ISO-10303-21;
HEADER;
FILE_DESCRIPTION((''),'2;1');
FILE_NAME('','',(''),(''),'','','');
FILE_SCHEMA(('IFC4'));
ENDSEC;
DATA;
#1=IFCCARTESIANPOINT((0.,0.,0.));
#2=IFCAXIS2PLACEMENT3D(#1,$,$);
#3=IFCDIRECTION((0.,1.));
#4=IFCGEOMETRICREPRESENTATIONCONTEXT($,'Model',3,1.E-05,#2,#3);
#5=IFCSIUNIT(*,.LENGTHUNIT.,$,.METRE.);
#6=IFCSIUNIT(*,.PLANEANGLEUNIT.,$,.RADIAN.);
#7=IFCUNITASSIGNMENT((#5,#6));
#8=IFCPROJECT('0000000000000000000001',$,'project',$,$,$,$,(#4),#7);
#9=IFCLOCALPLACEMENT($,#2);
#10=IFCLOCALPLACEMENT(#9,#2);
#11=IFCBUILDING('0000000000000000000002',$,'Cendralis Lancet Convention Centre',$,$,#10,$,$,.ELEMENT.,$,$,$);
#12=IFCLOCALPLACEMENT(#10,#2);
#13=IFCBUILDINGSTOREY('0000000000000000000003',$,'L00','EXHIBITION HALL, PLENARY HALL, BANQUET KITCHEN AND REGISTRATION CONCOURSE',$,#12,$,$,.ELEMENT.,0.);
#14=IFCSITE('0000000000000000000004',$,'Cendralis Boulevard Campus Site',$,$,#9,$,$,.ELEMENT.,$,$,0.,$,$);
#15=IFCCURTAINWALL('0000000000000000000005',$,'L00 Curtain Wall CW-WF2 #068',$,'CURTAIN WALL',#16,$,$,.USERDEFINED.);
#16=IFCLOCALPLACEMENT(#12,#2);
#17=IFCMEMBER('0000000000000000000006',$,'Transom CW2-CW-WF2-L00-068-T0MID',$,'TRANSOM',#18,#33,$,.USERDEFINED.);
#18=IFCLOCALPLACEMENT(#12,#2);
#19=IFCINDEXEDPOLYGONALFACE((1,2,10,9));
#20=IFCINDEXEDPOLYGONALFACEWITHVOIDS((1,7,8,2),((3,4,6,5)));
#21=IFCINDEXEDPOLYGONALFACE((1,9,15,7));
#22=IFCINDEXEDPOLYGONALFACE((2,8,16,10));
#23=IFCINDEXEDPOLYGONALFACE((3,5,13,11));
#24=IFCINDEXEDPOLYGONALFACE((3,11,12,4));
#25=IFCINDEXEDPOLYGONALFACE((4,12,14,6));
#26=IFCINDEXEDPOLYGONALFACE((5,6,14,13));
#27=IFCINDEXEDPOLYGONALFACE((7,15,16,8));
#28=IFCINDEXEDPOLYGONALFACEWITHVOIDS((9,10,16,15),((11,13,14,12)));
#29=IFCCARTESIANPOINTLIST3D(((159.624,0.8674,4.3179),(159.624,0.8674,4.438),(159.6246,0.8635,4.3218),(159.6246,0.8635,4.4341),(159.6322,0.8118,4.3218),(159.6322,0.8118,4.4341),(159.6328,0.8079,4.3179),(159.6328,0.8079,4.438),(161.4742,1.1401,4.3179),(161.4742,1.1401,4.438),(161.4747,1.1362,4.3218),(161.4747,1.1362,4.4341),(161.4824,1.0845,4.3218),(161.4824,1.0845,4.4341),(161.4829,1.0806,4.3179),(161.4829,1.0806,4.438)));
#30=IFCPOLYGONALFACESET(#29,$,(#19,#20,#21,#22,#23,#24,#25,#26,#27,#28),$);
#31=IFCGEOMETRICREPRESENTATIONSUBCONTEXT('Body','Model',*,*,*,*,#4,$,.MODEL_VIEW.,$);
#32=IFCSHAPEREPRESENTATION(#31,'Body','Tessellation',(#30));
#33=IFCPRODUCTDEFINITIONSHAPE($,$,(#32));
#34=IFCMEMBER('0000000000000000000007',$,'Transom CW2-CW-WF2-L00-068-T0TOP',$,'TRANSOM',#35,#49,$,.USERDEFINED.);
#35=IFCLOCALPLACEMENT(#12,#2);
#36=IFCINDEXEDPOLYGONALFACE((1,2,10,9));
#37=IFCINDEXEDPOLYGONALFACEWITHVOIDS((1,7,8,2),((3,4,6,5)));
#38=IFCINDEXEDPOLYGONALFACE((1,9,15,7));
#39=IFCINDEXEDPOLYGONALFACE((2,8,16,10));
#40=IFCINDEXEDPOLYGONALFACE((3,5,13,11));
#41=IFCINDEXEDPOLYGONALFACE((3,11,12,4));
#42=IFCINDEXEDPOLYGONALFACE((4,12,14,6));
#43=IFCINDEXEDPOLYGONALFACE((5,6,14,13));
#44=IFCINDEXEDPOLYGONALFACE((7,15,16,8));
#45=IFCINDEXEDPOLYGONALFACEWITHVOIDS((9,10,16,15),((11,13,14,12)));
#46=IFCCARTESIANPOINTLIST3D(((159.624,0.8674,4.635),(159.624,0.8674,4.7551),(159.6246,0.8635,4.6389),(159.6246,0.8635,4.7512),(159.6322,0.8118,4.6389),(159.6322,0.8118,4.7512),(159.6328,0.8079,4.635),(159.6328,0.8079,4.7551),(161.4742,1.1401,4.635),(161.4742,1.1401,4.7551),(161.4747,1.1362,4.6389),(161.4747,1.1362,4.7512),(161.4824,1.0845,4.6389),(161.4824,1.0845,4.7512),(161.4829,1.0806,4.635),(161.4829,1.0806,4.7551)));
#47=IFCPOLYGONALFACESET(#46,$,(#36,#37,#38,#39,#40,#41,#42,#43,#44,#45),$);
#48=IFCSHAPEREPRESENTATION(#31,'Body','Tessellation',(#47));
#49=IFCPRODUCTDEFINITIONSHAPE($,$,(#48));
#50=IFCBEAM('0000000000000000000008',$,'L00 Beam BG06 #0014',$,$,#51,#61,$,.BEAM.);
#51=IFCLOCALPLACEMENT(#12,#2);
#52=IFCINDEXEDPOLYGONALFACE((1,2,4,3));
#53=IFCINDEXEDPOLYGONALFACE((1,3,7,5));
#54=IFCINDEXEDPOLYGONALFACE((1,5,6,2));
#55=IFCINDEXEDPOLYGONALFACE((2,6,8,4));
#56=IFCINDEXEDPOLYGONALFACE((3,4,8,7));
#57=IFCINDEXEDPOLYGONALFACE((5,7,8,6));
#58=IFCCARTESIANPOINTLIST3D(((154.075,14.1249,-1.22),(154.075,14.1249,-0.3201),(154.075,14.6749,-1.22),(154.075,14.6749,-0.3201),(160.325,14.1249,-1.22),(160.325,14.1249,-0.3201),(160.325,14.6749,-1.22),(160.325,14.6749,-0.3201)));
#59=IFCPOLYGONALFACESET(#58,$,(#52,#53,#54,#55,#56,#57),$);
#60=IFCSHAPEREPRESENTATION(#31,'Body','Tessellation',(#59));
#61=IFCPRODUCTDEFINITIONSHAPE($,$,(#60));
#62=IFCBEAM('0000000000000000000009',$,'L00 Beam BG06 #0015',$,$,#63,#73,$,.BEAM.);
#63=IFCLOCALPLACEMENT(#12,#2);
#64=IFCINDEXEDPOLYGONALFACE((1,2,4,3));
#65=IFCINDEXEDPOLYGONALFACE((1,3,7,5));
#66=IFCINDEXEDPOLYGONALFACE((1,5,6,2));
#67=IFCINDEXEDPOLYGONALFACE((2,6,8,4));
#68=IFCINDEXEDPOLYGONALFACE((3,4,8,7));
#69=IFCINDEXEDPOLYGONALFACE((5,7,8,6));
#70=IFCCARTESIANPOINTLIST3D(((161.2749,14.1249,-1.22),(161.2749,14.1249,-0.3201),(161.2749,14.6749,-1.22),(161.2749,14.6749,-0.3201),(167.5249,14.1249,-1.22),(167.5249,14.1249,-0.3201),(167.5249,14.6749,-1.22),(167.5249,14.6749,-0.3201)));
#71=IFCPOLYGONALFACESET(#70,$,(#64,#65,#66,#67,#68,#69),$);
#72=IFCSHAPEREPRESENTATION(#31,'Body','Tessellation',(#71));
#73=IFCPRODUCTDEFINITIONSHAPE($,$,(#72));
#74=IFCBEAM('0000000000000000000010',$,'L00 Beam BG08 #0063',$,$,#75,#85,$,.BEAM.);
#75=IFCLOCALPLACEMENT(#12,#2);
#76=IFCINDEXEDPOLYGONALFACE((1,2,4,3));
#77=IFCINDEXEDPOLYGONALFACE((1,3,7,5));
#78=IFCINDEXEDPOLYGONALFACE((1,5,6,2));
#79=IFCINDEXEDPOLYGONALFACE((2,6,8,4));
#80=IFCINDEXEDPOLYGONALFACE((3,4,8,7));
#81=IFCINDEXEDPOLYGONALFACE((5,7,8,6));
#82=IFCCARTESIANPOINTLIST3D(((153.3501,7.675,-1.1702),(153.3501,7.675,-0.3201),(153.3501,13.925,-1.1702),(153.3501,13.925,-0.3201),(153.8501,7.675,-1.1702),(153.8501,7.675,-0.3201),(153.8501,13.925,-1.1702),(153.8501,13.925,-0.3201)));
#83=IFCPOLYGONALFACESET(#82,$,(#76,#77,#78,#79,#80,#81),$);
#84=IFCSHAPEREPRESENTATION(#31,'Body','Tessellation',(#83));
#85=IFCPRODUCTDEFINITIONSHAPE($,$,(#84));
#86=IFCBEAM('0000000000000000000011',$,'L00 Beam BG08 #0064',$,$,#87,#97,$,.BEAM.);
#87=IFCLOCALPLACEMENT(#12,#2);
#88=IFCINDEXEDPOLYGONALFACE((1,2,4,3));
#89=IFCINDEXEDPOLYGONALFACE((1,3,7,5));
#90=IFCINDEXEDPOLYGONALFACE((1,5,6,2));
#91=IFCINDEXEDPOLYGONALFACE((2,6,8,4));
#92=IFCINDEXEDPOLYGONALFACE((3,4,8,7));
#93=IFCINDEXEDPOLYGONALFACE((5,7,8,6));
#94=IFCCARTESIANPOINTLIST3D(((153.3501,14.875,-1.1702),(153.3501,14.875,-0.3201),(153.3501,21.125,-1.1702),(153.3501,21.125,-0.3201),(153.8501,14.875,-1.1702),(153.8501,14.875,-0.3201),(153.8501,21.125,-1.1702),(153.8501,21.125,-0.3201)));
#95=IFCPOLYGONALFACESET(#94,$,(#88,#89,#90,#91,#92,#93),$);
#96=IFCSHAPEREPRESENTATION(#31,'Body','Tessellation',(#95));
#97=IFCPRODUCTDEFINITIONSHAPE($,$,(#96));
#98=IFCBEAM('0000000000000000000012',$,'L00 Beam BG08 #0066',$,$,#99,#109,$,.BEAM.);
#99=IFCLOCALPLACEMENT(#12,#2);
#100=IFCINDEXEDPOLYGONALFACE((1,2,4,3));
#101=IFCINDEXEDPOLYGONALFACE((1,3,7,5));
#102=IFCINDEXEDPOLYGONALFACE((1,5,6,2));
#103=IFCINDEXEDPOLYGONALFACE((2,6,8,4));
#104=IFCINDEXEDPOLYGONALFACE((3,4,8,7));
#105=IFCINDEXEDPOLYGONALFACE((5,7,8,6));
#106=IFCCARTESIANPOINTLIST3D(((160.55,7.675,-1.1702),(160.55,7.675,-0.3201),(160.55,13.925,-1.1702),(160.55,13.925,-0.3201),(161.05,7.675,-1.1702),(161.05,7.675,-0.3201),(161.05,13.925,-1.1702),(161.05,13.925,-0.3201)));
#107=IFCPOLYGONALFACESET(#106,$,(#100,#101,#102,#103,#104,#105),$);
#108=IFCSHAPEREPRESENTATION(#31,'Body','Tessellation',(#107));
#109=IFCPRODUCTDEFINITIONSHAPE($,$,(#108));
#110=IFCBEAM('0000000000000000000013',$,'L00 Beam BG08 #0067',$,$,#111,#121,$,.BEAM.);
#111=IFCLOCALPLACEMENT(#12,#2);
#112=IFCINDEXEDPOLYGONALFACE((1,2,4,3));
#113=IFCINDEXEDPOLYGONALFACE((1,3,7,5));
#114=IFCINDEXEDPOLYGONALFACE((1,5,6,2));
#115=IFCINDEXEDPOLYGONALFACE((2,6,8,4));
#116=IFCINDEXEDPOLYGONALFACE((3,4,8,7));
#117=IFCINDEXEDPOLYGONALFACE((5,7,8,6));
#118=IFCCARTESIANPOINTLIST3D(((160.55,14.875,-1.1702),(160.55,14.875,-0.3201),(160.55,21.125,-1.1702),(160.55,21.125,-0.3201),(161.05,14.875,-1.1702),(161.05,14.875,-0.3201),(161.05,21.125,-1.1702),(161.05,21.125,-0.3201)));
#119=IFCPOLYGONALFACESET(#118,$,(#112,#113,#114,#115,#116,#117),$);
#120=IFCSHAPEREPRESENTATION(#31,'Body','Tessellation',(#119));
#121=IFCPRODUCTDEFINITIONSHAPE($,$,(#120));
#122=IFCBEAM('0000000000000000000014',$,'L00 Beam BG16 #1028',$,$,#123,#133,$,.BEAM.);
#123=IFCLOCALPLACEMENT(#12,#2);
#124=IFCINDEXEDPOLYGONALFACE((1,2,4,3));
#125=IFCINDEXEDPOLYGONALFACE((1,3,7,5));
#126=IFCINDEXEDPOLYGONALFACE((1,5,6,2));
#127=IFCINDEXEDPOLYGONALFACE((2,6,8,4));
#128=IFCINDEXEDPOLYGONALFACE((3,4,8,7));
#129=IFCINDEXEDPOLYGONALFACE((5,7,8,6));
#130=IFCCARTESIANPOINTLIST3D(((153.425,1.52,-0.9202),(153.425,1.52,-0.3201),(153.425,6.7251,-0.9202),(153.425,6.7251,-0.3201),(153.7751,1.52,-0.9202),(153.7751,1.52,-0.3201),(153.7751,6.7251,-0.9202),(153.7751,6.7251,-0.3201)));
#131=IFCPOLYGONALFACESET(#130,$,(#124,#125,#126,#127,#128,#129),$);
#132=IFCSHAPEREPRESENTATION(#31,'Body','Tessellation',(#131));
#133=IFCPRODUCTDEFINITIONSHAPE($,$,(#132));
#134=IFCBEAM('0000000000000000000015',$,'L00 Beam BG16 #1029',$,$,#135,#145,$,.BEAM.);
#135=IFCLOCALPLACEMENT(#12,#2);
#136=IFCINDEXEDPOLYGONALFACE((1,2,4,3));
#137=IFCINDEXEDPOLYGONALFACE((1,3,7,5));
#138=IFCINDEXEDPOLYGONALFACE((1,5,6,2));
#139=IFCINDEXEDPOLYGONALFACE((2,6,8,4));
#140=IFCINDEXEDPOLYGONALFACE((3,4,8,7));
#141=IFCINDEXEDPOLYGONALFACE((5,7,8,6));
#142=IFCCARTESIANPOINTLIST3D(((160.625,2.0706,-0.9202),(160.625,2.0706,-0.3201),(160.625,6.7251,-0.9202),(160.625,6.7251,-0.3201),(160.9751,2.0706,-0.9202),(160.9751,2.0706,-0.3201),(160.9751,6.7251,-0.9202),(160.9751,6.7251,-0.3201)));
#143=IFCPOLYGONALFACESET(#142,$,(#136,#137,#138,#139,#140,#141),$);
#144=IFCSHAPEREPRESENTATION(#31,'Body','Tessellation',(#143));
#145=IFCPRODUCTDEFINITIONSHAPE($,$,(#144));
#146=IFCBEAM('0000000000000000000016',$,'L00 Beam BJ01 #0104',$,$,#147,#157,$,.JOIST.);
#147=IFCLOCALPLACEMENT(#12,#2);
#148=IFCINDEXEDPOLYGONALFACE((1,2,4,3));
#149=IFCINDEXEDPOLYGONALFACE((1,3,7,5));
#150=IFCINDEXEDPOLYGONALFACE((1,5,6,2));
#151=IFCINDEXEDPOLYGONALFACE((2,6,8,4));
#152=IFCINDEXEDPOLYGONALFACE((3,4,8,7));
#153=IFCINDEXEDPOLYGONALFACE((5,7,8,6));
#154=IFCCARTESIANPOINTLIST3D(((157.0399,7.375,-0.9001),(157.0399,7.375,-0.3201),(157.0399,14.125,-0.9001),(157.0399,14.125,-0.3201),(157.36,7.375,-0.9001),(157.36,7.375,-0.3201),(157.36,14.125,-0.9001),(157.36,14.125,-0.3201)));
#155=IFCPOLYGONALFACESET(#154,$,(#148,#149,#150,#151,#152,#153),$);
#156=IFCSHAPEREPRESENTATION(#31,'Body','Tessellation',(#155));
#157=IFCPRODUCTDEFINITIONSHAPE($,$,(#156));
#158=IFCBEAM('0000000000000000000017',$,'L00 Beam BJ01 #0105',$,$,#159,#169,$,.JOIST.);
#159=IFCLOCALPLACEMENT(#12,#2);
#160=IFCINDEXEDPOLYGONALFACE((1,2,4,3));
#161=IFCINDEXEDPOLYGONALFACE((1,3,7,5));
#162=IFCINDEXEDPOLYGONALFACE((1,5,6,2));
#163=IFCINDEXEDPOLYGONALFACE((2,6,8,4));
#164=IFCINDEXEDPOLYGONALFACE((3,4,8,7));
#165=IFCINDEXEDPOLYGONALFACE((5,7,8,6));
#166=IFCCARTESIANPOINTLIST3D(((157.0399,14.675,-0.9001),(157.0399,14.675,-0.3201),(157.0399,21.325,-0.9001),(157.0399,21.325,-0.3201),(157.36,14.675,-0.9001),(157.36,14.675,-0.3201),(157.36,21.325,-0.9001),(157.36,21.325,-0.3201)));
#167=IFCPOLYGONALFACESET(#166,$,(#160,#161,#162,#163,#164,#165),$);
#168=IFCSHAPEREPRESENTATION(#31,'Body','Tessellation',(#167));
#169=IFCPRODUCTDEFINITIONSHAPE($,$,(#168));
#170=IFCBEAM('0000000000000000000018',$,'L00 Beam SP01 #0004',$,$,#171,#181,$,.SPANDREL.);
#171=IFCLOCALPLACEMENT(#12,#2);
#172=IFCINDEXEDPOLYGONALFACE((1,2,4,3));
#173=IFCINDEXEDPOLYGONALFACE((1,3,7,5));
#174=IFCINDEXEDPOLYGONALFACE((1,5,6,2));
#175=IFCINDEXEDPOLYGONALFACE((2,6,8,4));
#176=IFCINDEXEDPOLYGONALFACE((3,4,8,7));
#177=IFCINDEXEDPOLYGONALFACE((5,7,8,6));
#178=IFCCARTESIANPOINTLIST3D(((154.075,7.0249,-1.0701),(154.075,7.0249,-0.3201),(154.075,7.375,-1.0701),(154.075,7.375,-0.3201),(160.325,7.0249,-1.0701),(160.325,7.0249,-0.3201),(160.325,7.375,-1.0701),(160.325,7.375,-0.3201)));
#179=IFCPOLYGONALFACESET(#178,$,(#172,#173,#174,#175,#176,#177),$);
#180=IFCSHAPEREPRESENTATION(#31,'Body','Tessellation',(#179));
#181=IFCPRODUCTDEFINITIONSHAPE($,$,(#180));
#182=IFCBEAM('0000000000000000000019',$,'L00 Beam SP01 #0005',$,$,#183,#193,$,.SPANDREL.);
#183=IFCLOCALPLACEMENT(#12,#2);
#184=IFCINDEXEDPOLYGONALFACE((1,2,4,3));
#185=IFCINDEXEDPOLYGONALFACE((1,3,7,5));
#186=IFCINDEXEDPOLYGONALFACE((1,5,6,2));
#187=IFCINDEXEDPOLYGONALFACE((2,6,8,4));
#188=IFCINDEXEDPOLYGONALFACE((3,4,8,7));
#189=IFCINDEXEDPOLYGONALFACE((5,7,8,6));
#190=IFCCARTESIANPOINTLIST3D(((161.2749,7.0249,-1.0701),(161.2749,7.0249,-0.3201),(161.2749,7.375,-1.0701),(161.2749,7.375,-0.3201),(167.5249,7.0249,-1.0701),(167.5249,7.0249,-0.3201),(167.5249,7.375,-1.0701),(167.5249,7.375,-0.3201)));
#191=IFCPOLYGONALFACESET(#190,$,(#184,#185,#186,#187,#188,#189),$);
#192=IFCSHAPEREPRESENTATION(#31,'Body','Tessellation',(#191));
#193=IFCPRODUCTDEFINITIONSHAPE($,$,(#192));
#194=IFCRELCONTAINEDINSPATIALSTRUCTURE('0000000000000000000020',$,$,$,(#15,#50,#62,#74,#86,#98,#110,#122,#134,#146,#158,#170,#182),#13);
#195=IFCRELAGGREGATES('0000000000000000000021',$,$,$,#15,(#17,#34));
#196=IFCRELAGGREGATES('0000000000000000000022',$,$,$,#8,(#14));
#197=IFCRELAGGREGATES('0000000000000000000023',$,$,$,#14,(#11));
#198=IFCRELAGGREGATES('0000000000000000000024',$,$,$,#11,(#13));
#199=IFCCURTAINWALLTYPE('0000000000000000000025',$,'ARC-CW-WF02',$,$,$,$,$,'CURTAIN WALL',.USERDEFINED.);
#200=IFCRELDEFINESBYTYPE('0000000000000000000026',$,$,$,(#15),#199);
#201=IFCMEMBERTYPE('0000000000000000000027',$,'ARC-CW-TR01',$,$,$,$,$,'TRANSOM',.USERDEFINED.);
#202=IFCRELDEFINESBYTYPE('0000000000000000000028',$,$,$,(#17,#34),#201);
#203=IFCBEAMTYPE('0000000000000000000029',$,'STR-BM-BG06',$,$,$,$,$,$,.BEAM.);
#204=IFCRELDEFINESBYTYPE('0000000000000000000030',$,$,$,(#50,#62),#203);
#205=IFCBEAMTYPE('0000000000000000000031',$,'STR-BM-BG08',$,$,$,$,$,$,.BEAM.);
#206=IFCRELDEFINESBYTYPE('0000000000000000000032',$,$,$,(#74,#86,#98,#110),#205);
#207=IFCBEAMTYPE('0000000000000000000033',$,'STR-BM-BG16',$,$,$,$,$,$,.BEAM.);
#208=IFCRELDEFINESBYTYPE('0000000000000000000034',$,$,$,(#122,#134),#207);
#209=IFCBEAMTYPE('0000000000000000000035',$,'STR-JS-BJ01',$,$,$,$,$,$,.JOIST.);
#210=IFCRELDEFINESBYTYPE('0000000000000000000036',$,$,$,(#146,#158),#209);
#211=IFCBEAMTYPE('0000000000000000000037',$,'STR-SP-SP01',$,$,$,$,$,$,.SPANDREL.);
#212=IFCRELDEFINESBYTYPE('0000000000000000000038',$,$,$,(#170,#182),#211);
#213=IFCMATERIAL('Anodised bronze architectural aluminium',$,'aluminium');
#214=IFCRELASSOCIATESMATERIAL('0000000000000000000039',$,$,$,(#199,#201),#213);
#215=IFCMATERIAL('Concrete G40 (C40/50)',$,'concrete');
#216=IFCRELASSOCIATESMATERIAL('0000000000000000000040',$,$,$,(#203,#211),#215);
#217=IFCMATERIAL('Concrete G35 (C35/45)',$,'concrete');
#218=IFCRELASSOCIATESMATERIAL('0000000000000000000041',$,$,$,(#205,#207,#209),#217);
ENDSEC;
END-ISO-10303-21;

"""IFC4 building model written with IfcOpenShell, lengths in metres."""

from ifc_helpers import new_model, si_unit, direction, frame, origin, origin_2d, place, context, subcontext, project, spatial, rectangle, hollow_rectangle, extrude, material, material_profile, profile_set, type_object, element, aggregate, save


model = new_model("IFC4")

# Units and contexts
model_context = context("Model", 3, precision=1e-05, world=origin(), true_north=direction((0.0, 1.0)))
body_context = subcontext(model_context, "Body", "Model", "MODEL_VIEW")
ifc_project = project(units=[si_unit("LENGTHUNIT", "METRE"), si_unit("PLANEANGLEUNIT", "RADIAN")], contexts=[model_context])

# Site, building, storey
site_placement = place(None, origin())
site = spatial("IfcSite", under=ifc_project, at=site_placement, Name="Cendralis Boulevard Campus Site", CompositionType="ELEMENT", RefElevation=0.0)
building_placement = place(site_placement, origin())
building = spatial("IfcBuilding", under=site, at=building_placement, Name="Cendralis Lancet Convention Centre", CompositionType="ELEMENT")
storey_placement = place(building_placement, origin())
storey = spatial("IfcBuildingStorey", under=building, at=storey_placement, Name="L00", Description="EXHIBITION HALL, PLENARY HALL, BANQUET KITCHEN AND REGISTRATION CONCOURSE", CompositionType="ELEMENT", Elevation=0.0)

# Shared definitions
ifc_material_1 = material(Name="Concrete G40 (C40/50)", Category="concrete")

# Curtain wall
ifc_material_2 = material(Name="Anodised bronze architectural aluminium", Category="aluminium")
curtain_wall_type = type_object("IfcCurtainWallType", Name="ARC-CW-WF02", ElementType="CURTAIN WALL", PredefinedType="USERDEFINED", material=ifc_material_2)
curtain_wall_1_placement = place(storey_placement, origin())
curtain_wall_1 = element("IfcCurtainWall", 1, at=curtain_wall_1_placement, inside=storey, type_object=curtain_wall_type, Name="L00 Curtain Wall CW-WF2 #068", ObjectType="CURTAIN WALL", PredefinedType="USERDEFINED")

# Members
ifc_material_profile_1 = material_profile(ifc_material_2, hollow_rectangle(XDim=0.0601, YDim=0.1201, WallThickness=0.0039, at=origin_2d()), Name="AL-TRAN 60x120x4.0")
ifc_profile_set_1 = profile_set([ifc_material_profile_1], Name="Anodised bronze architectural aluminium")
member_type_1 = type_object("IfcMemberType", Name="ARC-CW-TR01", ElementType="TRANSOM", PredefinedType="USERDEFINED", material=ifc_profile_set_1)
member_1_placement = place(storey_placement, frame((159.6284, 0.8376, 4.3779), z_axis=(0.98931, 0.145825, 0.0), x_axis=(-0.145825, 0.98931, 0.0)))
member_1 = element("IfcMember", 2, at=member_1_placement, type_object=member_type_1, Name="Transom CW2-CW-WF2-L00-068-T0MID", ObjectType="TRANSOM", PredefinedType="USERDEFINED", context=body_context, shape_type="SweptSolid", body=[
    extrude(hollow_rectangle(XDim=0.0601, YDim=0.1201, WallThickness=0.0039, at=origin_2d()), origin(), (0.0, 0.0, 1.0), 1.8701),
])
member_2_placement = place(storey_placement, frame((159.6284, 0.8376, 4.6951), z_axis=(0.98931, 0.145825, 0.0), x_axis=(-0.145825, 0.98931, 0.0)))
member_2 = element("IfcMember", 3, at=member_2_placement, type_object=member_type_1, Name="Transom CW2-CW-WF2-L00-068-T0TOP", ObjectType="TRANSOM", PredefinedType="USERDEFINED", context=body_context, shape_type="SweptSolid", body=[
    extrude(hollow_rectangle(XDim=0.0601, YDim=0.1201, WallThickness=0.0039, at=origin_2d()), origin(), (0.0, 0.0, 1.0), 1.8701),
])

# Beams
ifc_material_profile_2 = material_profile(ifc_material_1, rectangle(XDim=0.55, YDim=0.8999, at=origin_2d()), Name="RCB 550x900")
ifc_profile_set_2 = profile_set([ifc_material_profile_2], Name="Concrete G40 (C40/50)")
beam_type_1 = type_object("IfcBeamType", Name="STR-BM-BG06", PredefinedType="BEAM", material=ifc_profile_set_2)
for number, where, z_axis, x_axis, name in (
    (4, (154.075, 14.3999, -0.77), (1.0, 0.0, 0.0), (0.0, 1.0, 0.0), "L00 Beam BG06 #0014"),
    (5, (161.2749, 14.3999, -0.77), (1.0, 0.0, 0.0), (0.0, 1.0, 0.0), "L00 Beam BG06 #0015"),
):
    element("IfcBeam", number, at=place(storey_placement, frame(where, z_axis=z_axis, x_axis=x_axis)), inside=storey, type_object=beam_type_1, Name=name, PredefinedType="BEAM", context=body_context, shape_type="SweptSolid", body=[
        extrude(rectangle(XDim=0.55, YDim=0.8999, at=origin_2d()), origin(), (0.0, 0.0, 1.0), 6.25),
    ])
ifc_material_3 = material(Name="Concrete G35 (C35/45)", Category="concrete")
ifc_material_profile_3 = material_profile(ifc_material_3, rectangle(XDim=0.5, YDim=0.8501, at=origin_2d()), Name="RCB 500x850")
ifc_profile_set_3 = profile_set([ifc_material_profile_3], Name="Concrete G35 (C35/45)")
beam_type_2 = type_object("IfcBeamType", Name="STR-BM-BG08", PredefinedType="BEAM", material=ifc_profile_set_3)
for number, where, z_axis, x_axis, name in (
    (6, (153.6001, 7.675, -0.7451), (0.0, 1.0, 0.0), (-1.0, 0.0, 0.0), "L00 Beam BG08 #0063"),
    (7, (153.6001, 14.875, -0.7451), (0.0, 1.0, 0.0), (-1.0, 0.0, 0.0), "L00 Beam BG08 #0064"),
    (8, (160.8, 7.675, -0.7451), (0.0, 1.0, 0.0), (-1.0, 0.0, 0.0), "L00 Beam BG08 #0066"),
    (9, (160.8, 14.875, -0.7451), (0.0, 1.0, 0.0), (-1.0, 0.0, 0.0), "L00 Beam BG08 #0067"),
):
    element("IfcBeam", number, at=place(storey_placement, frame(where, z_axis=z_axis, x_axis=x_axis)), inside=storey, type_object=beam_type_2, Name=name, PredefinedType="BEAM", context=body_context, shape_type="SweptSolid", body=[
        extrude(rectangle(XDim=0.5, YDim=0.8501, at=origin_2d()), origin(), (0.0, 0.0, 1.0), 6.25),
    ])
ifc_material_profile_4 = material_profile(ifc_material_3, rectangle(XDim=0.3501, YDim=0.6001, at=origin_2d()), Name="RCB 350x600")
ifc_profile_set_4 = profile_set([ifc_material_profile_4], Name="Concrete G35 (C35/45)")
beam_type_3 = type_object("IfcBeamType", Name="STR-BM-BG16", PredefinedType="BEAM", material=ifc_profile_set_4)
beam_1_placement = place(storey_placement, frame((153.6001, 1.52, -0.6201), z_axis=(0.0, 1.0, 0.0), x_axis=(-1.0, 0.0, 0.0)))
element("IfcBeam", 10, at=beam_1_placement, inside=storey, type_object=beam_type_3, Name="L00 Beam BG16 #1028", PredefinedType="BEAM", context=body_context, shape_type="SweptSolid", body=[
    extrude(rectangle(XDim=0.3501, YDim=0.6001, at=origin_2d()), origin(), (0.0, 0.0, 1.0), 5.2051),
])
beam_2_placement = place(storey_placement, frame((160.8, 2.0706, -0.6201), z_axis=(0.0, 1.0, 0.0), x_axis=(-1.0, 0.0, 0.0)))
element("IfcBeam", 11, at=beam_2_placement, inside=storey, type_object=beam_type_3, Name="L00 Beam BG16 #1029", PredefinedType="BEAM", context=body_context, shape_type="SweptSolid", body=[
    extrude(rectangle(XDim=0.3501, YDim=0.6001, at=origin_2d()), origin(), (0.0, 0.0, 1.0), 4.6545),
])
ifc_material_profile_5 = material_profile(ifc_material_3, rectangle(XDim=0.3201, YDim=0.5801, at=origin_2d()), Name="RCB 320x580")
ifc_profile_set_5 = profile_set([ifc_material_profile_5], Name="Concrete G35 (C35/45)")
beam_type_4 = type_object("IfcBeamType", Name="STR-JS-BJ01", PredefinedType="JOIST", material=ifc_profile_set_5)
beam_3_placement = place(storey_placement, frame((157.2, 7.375, -0.6101), z_axis=(0.0, 1.0, 0.0), x_axis=(-1.0, 0.0, 0.0)))
element("IfcBeam", 12, at=beam_3_placement, inside=storey, type_object=beam_type_4, Name="L00 Beam BJ01 #0104", PredefinedType="JOIST", context=body_context, shape_type="SweptSolid", body=[
    extrude(rectangle(XDim=0.3201, YDim=0.5801, at=origin_2d()), origin(), (0.0, 0.0, 1.0), 6.75),
])
beam_4_placement = place(storey_placement, frame((157.2, 14.675, -0.6101), z_axis=(0.0, 1.0, 0.0), x_axis=(-1.0, 0.0, 0.0)))
element("IfcBeam", 13, at=beam_4_placement, inside=storey, type_object=beam_type_4, Name="L00 Beam BJ01 #0105", PredefinedType="JOIST", context=body_context, shape_type="SweptSolid", body=[
    extrude(rectangle(XDim=0.3201, YDim=0.5801, at=origin_2d()), origin(), (0.0, 0.0, 1.0), 6.6499),
])
ifc_material_profile_6 = material_profile(ifc_material_1, rectangle(XDim=0.3501, YDim=0.75, at=origin_2d()), Name="RCB 350x750")
ifc_profile_set_6 = profile_set([ifc_material_profile_6], Name="Concrete G40 (C40/50)")
beam_type_5 = type_object("IfcBeamType", Name="STR-SP-SP01", PredefinedType="SPANDREL", material=ifc_profile_set_6)
for number, where, z_axis, x_axis, name in (
    (14, (154.075, 7.2, -0.6951), (1.0, 0.0, 0.0), (0.0, 1.0, 0.0), "L00 Beam SP01 #0004"),
    (15, (161.2749, 7.2, -0.6951), (1.0, 0.0, 0.0), (0.0, 1.0, 0.0), "L00 Beam SP01 #0005"),
):
    element("IfcBeam", number, at=place(storey_placement, frame(where, z_axis=z_axis, x_axis=x_axis)), inside=storey, type_object=beam_type_5, Name=name, PredefinedType="SPANDREL", context=body_context, shape_type="SweptSolid", body=[
        extrude(rectangle(XDim=0.3501, YDim=0.75, at=origin_2d()), origin(), (0.0, 0.0, 1.0), 6.25),
    ])

aggregate(curtain_wall_1, [member_1, member_2])

save(model, "model.ifc")
